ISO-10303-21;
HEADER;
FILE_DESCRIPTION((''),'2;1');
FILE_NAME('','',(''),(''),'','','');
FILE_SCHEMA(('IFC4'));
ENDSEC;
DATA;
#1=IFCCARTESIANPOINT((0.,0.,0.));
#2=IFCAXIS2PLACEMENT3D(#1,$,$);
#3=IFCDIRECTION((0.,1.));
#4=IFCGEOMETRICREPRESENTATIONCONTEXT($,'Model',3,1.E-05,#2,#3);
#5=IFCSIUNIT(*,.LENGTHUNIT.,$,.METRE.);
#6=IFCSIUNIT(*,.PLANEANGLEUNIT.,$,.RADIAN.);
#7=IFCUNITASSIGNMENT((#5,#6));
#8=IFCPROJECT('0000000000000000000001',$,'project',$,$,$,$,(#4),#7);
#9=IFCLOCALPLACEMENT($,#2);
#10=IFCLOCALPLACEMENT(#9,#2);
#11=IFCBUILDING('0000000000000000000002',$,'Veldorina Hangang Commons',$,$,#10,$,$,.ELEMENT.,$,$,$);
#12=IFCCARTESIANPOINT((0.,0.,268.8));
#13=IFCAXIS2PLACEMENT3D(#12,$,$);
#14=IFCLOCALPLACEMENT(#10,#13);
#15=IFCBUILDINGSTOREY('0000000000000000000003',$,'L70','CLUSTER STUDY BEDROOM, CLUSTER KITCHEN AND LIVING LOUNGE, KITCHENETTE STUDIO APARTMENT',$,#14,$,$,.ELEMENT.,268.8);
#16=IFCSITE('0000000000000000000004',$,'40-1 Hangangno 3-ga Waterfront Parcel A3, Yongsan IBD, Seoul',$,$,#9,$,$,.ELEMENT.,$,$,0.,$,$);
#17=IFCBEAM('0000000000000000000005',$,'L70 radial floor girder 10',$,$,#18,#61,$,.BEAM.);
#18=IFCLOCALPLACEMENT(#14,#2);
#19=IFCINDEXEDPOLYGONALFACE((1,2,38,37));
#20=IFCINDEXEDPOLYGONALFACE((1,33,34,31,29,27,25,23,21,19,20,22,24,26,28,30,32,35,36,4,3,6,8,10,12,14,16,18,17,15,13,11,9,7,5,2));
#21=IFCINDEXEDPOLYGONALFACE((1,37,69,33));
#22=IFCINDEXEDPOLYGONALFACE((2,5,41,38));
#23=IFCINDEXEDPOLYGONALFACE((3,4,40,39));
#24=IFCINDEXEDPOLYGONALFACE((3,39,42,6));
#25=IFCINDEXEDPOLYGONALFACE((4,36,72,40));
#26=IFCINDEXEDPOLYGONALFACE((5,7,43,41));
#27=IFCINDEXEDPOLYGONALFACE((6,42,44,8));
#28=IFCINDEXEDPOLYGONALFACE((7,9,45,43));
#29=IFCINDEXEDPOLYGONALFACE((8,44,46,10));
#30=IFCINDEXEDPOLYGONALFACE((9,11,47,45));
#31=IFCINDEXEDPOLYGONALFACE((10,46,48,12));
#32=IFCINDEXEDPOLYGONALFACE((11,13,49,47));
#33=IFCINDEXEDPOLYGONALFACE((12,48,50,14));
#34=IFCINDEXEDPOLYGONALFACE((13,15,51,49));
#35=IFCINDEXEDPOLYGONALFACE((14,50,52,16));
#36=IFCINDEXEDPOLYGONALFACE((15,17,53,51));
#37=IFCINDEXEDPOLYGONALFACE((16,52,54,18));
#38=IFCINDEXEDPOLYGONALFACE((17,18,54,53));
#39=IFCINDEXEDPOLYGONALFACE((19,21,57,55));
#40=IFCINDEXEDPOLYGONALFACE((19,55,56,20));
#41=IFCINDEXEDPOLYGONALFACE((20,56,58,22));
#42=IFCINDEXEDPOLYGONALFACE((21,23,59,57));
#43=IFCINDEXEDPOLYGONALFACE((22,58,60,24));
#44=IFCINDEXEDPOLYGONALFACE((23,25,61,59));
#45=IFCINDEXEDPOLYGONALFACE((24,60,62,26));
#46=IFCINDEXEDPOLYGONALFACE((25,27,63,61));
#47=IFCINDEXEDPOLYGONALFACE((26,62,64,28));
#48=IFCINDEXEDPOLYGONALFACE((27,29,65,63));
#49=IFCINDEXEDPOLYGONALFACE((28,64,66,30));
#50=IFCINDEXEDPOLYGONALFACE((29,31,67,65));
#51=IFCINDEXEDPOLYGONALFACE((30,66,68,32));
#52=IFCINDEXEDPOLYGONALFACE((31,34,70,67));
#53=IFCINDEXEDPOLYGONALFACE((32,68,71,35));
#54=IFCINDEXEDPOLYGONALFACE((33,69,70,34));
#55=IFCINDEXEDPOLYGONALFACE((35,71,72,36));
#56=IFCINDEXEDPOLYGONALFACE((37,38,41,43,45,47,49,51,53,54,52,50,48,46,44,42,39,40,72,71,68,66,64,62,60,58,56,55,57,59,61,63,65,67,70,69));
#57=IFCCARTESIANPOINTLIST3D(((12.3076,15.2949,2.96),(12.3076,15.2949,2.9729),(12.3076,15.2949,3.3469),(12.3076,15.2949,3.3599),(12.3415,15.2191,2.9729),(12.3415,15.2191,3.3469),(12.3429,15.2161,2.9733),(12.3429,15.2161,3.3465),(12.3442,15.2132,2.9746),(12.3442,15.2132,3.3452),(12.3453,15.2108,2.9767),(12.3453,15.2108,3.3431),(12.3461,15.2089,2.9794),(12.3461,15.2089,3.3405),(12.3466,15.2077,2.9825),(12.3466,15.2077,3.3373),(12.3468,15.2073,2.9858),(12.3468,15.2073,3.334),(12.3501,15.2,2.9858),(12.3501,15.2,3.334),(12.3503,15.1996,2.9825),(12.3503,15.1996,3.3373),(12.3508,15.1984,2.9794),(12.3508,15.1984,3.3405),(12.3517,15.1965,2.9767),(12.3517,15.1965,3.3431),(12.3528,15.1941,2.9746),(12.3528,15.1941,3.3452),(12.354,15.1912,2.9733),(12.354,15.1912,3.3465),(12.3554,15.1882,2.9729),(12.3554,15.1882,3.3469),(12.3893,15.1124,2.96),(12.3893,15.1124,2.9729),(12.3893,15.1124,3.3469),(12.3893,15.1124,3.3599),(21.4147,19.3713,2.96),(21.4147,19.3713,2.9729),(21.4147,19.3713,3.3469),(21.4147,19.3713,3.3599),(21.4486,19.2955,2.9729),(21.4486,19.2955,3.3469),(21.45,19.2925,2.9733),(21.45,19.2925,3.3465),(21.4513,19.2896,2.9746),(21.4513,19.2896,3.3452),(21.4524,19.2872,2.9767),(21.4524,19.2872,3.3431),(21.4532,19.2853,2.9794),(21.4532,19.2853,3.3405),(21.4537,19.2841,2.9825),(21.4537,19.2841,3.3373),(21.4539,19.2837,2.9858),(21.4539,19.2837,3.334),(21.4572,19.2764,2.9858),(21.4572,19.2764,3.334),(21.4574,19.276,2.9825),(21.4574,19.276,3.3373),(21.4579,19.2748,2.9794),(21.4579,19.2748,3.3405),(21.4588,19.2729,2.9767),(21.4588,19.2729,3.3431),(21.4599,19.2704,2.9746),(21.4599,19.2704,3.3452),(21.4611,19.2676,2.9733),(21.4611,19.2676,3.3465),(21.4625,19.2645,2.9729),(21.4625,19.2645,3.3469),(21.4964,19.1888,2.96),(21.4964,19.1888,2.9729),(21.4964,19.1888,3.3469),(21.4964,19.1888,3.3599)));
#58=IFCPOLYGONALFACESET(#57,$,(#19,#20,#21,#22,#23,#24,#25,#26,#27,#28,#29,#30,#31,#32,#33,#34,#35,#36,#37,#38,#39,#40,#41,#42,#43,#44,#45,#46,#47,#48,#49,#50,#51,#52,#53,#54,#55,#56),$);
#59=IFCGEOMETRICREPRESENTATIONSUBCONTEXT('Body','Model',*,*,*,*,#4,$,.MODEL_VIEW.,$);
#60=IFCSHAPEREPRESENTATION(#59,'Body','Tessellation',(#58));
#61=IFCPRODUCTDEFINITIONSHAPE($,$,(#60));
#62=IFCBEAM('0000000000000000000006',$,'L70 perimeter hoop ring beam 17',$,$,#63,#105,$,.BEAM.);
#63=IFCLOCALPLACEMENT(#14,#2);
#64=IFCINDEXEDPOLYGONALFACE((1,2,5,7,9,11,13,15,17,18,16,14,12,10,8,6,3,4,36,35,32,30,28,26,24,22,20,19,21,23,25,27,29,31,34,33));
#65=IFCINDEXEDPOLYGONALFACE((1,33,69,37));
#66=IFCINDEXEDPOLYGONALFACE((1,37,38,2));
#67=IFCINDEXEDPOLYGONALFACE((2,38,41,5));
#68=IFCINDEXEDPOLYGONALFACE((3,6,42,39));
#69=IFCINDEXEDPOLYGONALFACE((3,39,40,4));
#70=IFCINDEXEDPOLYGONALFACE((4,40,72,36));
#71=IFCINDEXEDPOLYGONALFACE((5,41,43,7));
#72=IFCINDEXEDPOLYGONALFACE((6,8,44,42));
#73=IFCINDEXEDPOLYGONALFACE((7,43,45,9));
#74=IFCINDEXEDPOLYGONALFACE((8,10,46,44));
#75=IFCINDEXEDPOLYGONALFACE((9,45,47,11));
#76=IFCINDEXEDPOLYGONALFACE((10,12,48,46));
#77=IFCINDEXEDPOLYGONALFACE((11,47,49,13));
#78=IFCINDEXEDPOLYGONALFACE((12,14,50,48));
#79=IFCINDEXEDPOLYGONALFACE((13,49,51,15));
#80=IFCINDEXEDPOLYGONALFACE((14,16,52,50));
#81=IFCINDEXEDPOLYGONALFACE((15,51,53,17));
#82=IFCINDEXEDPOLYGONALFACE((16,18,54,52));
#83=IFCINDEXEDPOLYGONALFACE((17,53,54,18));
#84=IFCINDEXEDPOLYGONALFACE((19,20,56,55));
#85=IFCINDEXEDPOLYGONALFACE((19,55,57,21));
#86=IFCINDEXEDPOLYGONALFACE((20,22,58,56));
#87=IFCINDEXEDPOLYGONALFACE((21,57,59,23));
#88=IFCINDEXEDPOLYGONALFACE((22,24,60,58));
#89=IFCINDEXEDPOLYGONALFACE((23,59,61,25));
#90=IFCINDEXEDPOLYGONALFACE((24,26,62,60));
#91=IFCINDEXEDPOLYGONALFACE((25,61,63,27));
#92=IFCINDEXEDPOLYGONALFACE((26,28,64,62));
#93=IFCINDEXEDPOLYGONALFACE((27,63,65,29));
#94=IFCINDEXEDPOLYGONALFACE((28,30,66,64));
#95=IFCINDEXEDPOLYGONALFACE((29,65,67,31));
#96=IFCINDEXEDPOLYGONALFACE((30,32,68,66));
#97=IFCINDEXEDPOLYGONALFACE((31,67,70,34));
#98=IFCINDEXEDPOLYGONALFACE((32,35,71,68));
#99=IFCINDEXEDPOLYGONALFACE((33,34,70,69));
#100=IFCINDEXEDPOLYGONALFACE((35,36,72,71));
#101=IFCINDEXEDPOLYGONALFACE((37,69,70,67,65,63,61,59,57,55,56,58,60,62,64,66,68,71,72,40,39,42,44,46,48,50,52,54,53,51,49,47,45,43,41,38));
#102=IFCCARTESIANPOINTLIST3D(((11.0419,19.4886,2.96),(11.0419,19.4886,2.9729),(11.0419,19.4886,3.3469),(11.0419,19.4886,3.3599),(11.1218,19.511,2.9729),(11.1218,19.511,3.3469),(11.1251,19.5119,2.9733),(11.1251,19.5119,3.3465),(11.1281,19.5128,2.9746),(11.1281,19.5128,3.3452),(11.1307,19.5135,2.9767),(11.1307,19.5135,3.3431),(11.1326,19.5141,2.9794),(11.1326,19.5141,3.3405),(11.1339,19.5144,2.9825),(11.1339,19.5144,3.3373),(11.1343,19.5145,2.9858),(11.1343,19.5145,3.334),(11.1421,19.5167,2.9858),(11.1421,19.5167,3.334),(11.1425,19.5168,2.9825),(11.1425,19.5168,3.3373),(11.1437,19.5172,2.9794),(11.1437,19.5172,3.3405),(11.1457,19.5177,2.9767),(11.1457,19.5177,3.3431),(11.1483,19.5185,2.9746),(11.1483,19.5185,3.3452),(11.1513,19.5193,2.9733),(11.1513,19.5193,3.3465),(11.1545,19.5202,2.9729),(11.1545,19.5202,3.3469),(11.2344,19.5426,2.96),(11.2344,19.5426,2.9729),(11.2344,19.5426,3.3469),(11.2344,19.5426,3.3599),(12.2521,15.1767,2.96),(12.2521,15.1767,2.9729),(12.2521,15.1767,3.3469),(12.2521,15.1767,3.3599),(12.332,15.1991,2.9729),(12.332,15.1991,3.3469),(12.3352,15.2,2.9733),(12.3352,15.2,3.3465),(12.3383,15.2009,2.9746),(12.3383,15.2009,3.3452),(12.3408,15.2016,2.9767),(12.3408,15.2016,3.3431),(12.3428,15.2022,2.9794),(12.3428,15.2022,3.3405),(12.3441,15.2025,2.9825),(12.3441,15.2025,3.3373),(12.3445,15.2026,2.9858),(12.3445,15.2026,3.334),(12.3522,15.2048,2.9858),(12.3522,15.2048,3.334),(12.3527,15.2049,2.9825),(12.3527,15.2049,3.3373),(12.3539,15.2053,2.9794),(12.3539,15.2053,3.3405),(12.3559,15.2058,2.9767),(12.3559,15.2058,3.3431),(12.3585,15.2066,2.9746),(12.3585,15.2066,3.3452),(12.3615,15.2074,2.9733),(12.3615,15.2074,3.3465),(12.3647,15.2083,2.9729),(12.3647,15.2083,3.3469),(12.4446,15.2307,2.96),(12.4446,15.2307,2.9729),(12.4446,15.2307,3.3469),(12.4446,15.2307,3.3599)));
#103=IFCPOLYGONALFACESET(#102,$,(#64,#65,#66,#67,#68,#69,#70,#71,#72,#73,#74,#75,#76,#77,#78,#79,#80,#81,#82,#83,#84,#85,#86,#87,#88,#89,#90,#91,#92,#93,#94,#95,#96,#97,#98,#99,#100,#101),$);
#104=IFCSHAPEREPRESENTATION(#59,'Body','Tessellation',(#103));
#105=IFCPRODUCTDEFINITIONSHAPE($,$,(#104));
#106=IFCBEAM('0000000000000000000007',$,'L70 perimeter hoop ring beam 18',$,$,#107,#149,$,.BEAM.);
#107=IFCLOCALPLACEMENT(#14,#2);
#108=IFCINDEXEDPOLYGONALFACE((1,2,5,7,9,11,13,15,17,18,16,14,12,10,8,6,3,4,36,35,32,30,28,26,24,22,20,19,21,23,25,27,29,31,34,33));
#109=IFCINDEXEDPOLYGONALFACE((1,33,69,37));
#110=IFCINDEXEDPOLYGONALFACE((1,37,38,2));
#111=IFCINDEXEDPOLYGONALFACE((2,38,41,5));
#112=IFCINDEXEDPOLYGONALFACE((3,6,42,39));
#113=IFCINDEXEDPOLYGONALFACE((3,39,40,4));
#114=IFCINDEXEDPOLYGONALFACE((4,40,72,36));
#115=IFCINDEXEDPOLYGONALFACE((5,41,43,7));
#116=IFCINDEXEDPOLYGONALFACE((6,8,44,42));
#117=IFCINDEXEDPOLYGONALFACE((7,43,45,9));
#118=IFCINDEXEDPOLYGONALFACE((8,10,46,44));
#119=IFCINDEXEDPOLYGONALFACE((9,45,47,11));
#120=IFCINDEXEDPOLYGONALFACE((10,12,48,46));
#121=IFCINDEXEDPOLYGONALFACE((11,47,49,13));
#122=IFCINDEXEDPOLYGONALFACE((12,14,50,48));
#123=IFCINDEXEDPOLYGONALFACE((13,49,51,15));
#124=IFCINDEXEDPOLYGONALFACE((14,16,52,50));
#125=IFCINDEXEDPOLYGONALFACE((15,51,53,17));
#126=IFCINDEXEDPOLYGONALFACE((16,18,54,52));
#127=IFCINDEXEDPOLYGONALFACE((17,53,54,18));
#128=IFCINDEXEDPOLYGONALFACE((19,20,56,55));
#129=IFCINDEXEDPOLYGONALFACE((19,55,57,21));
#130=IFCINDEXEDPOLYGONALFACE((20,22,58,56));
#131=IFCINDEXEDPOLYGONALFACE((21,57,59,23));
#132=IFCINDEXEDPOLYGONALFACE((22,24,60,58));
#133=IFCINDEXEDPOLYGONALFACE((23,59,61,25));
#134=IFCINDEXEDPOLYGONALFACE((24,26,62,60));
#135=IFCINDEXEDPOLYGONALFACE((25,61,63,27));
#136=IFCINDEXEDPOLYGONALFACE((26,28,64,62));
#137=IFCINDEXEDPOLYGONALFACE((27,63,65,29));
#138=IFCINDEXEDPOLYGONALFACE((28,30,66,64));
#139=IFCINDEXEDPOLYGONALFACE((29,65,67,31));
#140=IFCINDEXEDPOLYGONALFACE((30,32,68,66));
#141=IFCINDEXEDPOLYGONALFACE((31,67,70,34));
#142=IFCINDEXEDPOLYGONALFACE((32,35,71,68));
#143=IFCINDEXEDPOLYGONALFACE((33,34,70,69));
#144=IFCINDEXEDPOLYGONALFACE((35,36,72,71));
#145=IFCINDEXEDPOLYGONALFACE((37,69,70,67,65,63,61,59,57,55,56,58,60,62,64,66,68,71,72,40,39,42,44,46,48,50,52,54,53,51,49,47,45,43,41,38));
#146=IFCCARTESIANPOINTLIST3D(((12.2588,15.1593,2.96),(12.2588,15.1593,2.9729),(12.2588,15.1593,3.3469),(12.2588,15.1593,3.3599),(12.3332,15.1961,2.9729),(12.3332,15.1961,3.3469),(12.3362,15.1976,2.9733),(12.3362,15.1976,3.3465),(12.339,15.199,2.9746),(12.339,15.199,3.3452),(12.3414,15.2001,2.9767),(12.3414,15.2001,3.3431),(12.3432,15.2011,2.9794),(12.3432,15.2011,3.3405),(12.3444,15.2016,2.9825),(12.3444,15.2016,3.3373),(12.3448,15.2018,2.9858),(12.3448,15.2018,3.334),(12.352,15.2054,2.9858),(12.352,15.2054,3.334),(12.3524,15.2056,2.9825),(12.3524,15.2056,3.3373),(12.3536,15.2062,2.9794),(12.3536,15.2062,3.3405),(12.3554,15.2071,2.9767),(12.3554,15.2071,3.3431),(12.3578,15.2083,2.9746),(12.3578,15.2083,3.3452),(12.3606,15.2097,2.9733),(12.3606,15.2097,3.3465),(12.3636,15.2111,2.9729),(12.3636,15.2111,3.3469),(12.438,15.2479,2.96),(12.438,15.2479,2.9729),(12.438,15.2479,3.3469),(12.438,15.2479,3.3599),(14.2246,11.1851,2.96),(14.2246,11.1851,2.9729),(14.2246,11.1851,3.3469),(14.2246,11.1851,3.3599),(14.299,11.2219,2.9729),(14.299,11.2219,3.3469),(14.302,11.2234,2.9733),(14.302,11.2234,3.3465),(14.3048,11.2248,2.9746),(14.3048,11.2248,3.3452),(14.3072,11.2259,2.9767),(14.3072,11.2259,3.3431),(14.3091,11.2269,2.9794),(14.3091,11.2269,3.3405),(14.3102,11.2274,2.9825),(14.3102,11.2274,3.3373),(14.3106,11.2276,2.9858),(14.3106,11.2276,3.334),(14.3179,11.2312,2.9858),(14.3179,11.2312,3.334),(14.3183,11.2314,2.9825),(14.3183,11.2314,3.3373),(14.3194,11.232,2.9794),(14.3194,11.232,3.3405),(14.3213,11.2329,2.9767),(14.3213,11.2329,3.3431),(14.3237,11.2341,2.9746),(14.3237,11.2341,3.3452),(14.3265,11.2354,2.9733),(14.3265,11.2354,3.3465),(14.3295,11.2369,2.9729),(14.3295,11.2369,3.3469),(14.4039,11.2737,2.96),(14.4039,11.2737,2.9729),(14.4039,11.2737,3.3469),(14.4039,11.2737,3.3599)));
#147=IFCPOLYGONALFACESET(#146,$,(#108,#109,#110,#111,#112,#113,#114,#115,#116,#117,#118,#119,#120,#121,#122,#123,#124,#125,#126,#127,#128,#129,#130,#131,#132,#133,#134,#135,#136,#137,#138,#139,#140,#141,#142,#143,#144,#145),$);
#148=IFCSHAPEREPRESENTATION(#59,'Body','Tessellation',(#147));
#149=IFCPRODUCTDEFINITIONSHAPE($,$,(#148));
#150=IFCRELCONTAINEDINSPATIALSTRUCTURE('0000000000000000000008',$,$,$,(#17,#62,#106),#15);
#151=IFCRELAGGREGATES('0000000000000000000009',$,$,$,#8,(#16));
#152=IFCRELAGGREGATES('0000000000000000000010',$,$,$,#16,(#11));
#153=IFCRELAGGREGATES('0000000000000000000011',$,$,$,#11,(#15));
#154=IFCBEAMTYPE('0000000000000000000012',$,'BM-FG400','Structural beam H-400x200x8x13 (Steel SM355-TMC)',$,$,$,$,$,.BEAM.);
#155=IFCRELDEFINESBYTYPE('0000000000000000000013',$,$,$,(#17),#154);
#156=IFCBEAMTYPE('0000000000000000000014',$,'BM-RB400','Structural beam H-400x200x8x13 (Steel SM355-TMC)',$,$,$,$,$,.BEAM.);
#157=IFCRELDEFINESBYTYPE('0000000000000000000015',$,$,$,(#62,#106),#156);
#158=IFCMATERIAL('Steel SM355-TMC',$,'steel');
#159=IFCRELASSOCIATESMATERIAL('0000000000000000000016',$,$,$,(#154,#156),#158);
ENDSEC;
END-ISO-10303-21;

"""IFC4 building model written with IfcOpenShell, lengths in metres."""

from ifc_helpers import new_model, si_unit, direction, frame, origin, origin_2d, place, context, subcontext, project, spatial, i_section, extrude, material, material_profile, profile_set, type_object, element, save


model = new_model("IFC4")

# Units and contexts
model_context = context("Model", 3, precision=1e-05, world=origin(), true_north=direction((0.0, 1.0)))
body_context = subcontext(model_context, "Body", "Model", "MODEL_VIEW")
ifc_project = project(units=[si_unit("LENGTHUNIT", "METRE"), si_unit("PLANEANGLEUNIT", "RADIAN")], contexts=[model_context])

# Site, building, storey
site_placement = place(None, origin())
site = spatial("IfcSite", under=ifc_project, at=site_placement, Name="40-1 Hangangno 3-ga Waterfront Parcel A3, Yongsan IBD, Seoul", CompositionType="ELEMENT", RefElevation=0.0)
building_placement = place(site_placement, origin())
building = spatial("IfcBuilding", under=site, at=building_placement, Name="Veldorina Hangang Commons", CompositionType="ELEMENT")
storey_placement = place(building_placement, frame((0.0, 0.0, 268.8)))
storey = spatial("IfcBuildingStorey", under=building, at=storey_placement, Name="L70", Description="CLUSTER STUDY BEDROOM, CLUSTER KITCHEN AND LIVING LOUNGE, KITCHENETTE STUDIO APARTMENT", CompositionType="ELEMENT", Elevation=268.8)

# Beams
ifc_material_1 = material(Name="Steel SM355-TMC", Category="steel")
ifc_material_profile_1 = material_profile(ifc_material_1, i_section(OverallWidth=0.2, OverallDepth=0.3999, WebThickness=0.0081, FlangeThickness=0.0129, FilletRadius=0.0129, at=origin_2d()), Name="H-400x200x8x13")
ifc_profile_set_1 = profile_set([ifc_material_profile_1], Name="Steel SM355-TMC")
beam_type_1 = type_object("IfcBeamType", Name="BM-FG400", Description="Structural beam H-400x200x8x13 (Steel SM355-TMC)", PredefinedType="BEAM", material=ifc_profile_set_1)
beam_1_placement = place(storey_placement, frame((21.4556, 19.28, 3.1599), z_axis=(-0.912738, -0.408546, 0.0), x_axis=(0.408546, -0.912738, 0.0)))
element("IfcBeam", 1, at=beam_1_placement, inside=storey, type_object=beam_type_1, Name="L70 radial floor girder 10", PredefinedType="BEAM", context=body_context, shape_type="SweptSolid", body=[
    extrude(i_section(OverallWidth=0.2, OverallDepth=0.3999, WebThickness=0.0081, FlangeThickness=0.0129, FilletRadius=0.0129, at=origin_2d()), origin(), (0.0, 0.0, 1.0), 9.9778),
])
ifc_material_profile_2 = material_profile(ifc_material_1, i_section(OverallWidth=0.2, OverallDepth=0.3999, WebThickness=0.0081, FlangeThickness=0.0129, FilletRadius=0.0129, at=origin_2d()), Name="H-400x200x8x13")
ifc_profile_set_2 = profile_set([ifc_material_profile_2], Name="Steel SM355-TMC")
beam_type_2 = type_object("IfcBeamType", Name="BM-RB400", Description="Structural beam H-400x200x8x13 (Steel SM355-TMC)", PredefinedType="BEAM", material=ifc_profile_set_2)
beam_2_placement = place(storey_placement, frame((11.1382, 19.5156, 3.1599), z_axis=(0.270218, -0.962799, 0.0), x_axis=(0.962799, 0.270218, 0.0)))
element("IfcBeam", 2, at=beam_2_placement, inside=storey, type_object=beam_type_2, Name="L70 perimeter hoop ring beam 17", PredefinedType="BEAM", context=body_context, shape_type="SweptSolid", body=[
    extrude(i_section(OverallWidth=0.2, OverallDepth=0.3999, WebThickness=0.0081, FlangeThickness=0.0129, FilletRadius=0.0129, at=origin_2d()), origin(), (0.0, 0.0, 1.0), 4.4785),
])
beam_3_placement = place(storey_placement, frame((12.3484, 15.2036, 3.1599), z_axis=(0.443377, -0.896335, 0.0), x_axis=(0.896335, 0.443377, 0.0)))
element("IfcBeam", 3, at=beam_3_placement, inside=storey, type_object=beam_type_2, Name="L70 perimeter hoop ring beam 18", PredefinedType="BEAM", context=body_context, shape_type="SweptSolid", body=[
    extrude(i_section(OverallWidth=0.2, OverallDepth=0.3999, WebThickness=0.0081, FlangeThickness=0.0129, FilletRadius=0.0129, at=origin_2d()), origin(), (0.0, 0.0, 1.0), 4.4338),
])

save(model, "model.ifc")
